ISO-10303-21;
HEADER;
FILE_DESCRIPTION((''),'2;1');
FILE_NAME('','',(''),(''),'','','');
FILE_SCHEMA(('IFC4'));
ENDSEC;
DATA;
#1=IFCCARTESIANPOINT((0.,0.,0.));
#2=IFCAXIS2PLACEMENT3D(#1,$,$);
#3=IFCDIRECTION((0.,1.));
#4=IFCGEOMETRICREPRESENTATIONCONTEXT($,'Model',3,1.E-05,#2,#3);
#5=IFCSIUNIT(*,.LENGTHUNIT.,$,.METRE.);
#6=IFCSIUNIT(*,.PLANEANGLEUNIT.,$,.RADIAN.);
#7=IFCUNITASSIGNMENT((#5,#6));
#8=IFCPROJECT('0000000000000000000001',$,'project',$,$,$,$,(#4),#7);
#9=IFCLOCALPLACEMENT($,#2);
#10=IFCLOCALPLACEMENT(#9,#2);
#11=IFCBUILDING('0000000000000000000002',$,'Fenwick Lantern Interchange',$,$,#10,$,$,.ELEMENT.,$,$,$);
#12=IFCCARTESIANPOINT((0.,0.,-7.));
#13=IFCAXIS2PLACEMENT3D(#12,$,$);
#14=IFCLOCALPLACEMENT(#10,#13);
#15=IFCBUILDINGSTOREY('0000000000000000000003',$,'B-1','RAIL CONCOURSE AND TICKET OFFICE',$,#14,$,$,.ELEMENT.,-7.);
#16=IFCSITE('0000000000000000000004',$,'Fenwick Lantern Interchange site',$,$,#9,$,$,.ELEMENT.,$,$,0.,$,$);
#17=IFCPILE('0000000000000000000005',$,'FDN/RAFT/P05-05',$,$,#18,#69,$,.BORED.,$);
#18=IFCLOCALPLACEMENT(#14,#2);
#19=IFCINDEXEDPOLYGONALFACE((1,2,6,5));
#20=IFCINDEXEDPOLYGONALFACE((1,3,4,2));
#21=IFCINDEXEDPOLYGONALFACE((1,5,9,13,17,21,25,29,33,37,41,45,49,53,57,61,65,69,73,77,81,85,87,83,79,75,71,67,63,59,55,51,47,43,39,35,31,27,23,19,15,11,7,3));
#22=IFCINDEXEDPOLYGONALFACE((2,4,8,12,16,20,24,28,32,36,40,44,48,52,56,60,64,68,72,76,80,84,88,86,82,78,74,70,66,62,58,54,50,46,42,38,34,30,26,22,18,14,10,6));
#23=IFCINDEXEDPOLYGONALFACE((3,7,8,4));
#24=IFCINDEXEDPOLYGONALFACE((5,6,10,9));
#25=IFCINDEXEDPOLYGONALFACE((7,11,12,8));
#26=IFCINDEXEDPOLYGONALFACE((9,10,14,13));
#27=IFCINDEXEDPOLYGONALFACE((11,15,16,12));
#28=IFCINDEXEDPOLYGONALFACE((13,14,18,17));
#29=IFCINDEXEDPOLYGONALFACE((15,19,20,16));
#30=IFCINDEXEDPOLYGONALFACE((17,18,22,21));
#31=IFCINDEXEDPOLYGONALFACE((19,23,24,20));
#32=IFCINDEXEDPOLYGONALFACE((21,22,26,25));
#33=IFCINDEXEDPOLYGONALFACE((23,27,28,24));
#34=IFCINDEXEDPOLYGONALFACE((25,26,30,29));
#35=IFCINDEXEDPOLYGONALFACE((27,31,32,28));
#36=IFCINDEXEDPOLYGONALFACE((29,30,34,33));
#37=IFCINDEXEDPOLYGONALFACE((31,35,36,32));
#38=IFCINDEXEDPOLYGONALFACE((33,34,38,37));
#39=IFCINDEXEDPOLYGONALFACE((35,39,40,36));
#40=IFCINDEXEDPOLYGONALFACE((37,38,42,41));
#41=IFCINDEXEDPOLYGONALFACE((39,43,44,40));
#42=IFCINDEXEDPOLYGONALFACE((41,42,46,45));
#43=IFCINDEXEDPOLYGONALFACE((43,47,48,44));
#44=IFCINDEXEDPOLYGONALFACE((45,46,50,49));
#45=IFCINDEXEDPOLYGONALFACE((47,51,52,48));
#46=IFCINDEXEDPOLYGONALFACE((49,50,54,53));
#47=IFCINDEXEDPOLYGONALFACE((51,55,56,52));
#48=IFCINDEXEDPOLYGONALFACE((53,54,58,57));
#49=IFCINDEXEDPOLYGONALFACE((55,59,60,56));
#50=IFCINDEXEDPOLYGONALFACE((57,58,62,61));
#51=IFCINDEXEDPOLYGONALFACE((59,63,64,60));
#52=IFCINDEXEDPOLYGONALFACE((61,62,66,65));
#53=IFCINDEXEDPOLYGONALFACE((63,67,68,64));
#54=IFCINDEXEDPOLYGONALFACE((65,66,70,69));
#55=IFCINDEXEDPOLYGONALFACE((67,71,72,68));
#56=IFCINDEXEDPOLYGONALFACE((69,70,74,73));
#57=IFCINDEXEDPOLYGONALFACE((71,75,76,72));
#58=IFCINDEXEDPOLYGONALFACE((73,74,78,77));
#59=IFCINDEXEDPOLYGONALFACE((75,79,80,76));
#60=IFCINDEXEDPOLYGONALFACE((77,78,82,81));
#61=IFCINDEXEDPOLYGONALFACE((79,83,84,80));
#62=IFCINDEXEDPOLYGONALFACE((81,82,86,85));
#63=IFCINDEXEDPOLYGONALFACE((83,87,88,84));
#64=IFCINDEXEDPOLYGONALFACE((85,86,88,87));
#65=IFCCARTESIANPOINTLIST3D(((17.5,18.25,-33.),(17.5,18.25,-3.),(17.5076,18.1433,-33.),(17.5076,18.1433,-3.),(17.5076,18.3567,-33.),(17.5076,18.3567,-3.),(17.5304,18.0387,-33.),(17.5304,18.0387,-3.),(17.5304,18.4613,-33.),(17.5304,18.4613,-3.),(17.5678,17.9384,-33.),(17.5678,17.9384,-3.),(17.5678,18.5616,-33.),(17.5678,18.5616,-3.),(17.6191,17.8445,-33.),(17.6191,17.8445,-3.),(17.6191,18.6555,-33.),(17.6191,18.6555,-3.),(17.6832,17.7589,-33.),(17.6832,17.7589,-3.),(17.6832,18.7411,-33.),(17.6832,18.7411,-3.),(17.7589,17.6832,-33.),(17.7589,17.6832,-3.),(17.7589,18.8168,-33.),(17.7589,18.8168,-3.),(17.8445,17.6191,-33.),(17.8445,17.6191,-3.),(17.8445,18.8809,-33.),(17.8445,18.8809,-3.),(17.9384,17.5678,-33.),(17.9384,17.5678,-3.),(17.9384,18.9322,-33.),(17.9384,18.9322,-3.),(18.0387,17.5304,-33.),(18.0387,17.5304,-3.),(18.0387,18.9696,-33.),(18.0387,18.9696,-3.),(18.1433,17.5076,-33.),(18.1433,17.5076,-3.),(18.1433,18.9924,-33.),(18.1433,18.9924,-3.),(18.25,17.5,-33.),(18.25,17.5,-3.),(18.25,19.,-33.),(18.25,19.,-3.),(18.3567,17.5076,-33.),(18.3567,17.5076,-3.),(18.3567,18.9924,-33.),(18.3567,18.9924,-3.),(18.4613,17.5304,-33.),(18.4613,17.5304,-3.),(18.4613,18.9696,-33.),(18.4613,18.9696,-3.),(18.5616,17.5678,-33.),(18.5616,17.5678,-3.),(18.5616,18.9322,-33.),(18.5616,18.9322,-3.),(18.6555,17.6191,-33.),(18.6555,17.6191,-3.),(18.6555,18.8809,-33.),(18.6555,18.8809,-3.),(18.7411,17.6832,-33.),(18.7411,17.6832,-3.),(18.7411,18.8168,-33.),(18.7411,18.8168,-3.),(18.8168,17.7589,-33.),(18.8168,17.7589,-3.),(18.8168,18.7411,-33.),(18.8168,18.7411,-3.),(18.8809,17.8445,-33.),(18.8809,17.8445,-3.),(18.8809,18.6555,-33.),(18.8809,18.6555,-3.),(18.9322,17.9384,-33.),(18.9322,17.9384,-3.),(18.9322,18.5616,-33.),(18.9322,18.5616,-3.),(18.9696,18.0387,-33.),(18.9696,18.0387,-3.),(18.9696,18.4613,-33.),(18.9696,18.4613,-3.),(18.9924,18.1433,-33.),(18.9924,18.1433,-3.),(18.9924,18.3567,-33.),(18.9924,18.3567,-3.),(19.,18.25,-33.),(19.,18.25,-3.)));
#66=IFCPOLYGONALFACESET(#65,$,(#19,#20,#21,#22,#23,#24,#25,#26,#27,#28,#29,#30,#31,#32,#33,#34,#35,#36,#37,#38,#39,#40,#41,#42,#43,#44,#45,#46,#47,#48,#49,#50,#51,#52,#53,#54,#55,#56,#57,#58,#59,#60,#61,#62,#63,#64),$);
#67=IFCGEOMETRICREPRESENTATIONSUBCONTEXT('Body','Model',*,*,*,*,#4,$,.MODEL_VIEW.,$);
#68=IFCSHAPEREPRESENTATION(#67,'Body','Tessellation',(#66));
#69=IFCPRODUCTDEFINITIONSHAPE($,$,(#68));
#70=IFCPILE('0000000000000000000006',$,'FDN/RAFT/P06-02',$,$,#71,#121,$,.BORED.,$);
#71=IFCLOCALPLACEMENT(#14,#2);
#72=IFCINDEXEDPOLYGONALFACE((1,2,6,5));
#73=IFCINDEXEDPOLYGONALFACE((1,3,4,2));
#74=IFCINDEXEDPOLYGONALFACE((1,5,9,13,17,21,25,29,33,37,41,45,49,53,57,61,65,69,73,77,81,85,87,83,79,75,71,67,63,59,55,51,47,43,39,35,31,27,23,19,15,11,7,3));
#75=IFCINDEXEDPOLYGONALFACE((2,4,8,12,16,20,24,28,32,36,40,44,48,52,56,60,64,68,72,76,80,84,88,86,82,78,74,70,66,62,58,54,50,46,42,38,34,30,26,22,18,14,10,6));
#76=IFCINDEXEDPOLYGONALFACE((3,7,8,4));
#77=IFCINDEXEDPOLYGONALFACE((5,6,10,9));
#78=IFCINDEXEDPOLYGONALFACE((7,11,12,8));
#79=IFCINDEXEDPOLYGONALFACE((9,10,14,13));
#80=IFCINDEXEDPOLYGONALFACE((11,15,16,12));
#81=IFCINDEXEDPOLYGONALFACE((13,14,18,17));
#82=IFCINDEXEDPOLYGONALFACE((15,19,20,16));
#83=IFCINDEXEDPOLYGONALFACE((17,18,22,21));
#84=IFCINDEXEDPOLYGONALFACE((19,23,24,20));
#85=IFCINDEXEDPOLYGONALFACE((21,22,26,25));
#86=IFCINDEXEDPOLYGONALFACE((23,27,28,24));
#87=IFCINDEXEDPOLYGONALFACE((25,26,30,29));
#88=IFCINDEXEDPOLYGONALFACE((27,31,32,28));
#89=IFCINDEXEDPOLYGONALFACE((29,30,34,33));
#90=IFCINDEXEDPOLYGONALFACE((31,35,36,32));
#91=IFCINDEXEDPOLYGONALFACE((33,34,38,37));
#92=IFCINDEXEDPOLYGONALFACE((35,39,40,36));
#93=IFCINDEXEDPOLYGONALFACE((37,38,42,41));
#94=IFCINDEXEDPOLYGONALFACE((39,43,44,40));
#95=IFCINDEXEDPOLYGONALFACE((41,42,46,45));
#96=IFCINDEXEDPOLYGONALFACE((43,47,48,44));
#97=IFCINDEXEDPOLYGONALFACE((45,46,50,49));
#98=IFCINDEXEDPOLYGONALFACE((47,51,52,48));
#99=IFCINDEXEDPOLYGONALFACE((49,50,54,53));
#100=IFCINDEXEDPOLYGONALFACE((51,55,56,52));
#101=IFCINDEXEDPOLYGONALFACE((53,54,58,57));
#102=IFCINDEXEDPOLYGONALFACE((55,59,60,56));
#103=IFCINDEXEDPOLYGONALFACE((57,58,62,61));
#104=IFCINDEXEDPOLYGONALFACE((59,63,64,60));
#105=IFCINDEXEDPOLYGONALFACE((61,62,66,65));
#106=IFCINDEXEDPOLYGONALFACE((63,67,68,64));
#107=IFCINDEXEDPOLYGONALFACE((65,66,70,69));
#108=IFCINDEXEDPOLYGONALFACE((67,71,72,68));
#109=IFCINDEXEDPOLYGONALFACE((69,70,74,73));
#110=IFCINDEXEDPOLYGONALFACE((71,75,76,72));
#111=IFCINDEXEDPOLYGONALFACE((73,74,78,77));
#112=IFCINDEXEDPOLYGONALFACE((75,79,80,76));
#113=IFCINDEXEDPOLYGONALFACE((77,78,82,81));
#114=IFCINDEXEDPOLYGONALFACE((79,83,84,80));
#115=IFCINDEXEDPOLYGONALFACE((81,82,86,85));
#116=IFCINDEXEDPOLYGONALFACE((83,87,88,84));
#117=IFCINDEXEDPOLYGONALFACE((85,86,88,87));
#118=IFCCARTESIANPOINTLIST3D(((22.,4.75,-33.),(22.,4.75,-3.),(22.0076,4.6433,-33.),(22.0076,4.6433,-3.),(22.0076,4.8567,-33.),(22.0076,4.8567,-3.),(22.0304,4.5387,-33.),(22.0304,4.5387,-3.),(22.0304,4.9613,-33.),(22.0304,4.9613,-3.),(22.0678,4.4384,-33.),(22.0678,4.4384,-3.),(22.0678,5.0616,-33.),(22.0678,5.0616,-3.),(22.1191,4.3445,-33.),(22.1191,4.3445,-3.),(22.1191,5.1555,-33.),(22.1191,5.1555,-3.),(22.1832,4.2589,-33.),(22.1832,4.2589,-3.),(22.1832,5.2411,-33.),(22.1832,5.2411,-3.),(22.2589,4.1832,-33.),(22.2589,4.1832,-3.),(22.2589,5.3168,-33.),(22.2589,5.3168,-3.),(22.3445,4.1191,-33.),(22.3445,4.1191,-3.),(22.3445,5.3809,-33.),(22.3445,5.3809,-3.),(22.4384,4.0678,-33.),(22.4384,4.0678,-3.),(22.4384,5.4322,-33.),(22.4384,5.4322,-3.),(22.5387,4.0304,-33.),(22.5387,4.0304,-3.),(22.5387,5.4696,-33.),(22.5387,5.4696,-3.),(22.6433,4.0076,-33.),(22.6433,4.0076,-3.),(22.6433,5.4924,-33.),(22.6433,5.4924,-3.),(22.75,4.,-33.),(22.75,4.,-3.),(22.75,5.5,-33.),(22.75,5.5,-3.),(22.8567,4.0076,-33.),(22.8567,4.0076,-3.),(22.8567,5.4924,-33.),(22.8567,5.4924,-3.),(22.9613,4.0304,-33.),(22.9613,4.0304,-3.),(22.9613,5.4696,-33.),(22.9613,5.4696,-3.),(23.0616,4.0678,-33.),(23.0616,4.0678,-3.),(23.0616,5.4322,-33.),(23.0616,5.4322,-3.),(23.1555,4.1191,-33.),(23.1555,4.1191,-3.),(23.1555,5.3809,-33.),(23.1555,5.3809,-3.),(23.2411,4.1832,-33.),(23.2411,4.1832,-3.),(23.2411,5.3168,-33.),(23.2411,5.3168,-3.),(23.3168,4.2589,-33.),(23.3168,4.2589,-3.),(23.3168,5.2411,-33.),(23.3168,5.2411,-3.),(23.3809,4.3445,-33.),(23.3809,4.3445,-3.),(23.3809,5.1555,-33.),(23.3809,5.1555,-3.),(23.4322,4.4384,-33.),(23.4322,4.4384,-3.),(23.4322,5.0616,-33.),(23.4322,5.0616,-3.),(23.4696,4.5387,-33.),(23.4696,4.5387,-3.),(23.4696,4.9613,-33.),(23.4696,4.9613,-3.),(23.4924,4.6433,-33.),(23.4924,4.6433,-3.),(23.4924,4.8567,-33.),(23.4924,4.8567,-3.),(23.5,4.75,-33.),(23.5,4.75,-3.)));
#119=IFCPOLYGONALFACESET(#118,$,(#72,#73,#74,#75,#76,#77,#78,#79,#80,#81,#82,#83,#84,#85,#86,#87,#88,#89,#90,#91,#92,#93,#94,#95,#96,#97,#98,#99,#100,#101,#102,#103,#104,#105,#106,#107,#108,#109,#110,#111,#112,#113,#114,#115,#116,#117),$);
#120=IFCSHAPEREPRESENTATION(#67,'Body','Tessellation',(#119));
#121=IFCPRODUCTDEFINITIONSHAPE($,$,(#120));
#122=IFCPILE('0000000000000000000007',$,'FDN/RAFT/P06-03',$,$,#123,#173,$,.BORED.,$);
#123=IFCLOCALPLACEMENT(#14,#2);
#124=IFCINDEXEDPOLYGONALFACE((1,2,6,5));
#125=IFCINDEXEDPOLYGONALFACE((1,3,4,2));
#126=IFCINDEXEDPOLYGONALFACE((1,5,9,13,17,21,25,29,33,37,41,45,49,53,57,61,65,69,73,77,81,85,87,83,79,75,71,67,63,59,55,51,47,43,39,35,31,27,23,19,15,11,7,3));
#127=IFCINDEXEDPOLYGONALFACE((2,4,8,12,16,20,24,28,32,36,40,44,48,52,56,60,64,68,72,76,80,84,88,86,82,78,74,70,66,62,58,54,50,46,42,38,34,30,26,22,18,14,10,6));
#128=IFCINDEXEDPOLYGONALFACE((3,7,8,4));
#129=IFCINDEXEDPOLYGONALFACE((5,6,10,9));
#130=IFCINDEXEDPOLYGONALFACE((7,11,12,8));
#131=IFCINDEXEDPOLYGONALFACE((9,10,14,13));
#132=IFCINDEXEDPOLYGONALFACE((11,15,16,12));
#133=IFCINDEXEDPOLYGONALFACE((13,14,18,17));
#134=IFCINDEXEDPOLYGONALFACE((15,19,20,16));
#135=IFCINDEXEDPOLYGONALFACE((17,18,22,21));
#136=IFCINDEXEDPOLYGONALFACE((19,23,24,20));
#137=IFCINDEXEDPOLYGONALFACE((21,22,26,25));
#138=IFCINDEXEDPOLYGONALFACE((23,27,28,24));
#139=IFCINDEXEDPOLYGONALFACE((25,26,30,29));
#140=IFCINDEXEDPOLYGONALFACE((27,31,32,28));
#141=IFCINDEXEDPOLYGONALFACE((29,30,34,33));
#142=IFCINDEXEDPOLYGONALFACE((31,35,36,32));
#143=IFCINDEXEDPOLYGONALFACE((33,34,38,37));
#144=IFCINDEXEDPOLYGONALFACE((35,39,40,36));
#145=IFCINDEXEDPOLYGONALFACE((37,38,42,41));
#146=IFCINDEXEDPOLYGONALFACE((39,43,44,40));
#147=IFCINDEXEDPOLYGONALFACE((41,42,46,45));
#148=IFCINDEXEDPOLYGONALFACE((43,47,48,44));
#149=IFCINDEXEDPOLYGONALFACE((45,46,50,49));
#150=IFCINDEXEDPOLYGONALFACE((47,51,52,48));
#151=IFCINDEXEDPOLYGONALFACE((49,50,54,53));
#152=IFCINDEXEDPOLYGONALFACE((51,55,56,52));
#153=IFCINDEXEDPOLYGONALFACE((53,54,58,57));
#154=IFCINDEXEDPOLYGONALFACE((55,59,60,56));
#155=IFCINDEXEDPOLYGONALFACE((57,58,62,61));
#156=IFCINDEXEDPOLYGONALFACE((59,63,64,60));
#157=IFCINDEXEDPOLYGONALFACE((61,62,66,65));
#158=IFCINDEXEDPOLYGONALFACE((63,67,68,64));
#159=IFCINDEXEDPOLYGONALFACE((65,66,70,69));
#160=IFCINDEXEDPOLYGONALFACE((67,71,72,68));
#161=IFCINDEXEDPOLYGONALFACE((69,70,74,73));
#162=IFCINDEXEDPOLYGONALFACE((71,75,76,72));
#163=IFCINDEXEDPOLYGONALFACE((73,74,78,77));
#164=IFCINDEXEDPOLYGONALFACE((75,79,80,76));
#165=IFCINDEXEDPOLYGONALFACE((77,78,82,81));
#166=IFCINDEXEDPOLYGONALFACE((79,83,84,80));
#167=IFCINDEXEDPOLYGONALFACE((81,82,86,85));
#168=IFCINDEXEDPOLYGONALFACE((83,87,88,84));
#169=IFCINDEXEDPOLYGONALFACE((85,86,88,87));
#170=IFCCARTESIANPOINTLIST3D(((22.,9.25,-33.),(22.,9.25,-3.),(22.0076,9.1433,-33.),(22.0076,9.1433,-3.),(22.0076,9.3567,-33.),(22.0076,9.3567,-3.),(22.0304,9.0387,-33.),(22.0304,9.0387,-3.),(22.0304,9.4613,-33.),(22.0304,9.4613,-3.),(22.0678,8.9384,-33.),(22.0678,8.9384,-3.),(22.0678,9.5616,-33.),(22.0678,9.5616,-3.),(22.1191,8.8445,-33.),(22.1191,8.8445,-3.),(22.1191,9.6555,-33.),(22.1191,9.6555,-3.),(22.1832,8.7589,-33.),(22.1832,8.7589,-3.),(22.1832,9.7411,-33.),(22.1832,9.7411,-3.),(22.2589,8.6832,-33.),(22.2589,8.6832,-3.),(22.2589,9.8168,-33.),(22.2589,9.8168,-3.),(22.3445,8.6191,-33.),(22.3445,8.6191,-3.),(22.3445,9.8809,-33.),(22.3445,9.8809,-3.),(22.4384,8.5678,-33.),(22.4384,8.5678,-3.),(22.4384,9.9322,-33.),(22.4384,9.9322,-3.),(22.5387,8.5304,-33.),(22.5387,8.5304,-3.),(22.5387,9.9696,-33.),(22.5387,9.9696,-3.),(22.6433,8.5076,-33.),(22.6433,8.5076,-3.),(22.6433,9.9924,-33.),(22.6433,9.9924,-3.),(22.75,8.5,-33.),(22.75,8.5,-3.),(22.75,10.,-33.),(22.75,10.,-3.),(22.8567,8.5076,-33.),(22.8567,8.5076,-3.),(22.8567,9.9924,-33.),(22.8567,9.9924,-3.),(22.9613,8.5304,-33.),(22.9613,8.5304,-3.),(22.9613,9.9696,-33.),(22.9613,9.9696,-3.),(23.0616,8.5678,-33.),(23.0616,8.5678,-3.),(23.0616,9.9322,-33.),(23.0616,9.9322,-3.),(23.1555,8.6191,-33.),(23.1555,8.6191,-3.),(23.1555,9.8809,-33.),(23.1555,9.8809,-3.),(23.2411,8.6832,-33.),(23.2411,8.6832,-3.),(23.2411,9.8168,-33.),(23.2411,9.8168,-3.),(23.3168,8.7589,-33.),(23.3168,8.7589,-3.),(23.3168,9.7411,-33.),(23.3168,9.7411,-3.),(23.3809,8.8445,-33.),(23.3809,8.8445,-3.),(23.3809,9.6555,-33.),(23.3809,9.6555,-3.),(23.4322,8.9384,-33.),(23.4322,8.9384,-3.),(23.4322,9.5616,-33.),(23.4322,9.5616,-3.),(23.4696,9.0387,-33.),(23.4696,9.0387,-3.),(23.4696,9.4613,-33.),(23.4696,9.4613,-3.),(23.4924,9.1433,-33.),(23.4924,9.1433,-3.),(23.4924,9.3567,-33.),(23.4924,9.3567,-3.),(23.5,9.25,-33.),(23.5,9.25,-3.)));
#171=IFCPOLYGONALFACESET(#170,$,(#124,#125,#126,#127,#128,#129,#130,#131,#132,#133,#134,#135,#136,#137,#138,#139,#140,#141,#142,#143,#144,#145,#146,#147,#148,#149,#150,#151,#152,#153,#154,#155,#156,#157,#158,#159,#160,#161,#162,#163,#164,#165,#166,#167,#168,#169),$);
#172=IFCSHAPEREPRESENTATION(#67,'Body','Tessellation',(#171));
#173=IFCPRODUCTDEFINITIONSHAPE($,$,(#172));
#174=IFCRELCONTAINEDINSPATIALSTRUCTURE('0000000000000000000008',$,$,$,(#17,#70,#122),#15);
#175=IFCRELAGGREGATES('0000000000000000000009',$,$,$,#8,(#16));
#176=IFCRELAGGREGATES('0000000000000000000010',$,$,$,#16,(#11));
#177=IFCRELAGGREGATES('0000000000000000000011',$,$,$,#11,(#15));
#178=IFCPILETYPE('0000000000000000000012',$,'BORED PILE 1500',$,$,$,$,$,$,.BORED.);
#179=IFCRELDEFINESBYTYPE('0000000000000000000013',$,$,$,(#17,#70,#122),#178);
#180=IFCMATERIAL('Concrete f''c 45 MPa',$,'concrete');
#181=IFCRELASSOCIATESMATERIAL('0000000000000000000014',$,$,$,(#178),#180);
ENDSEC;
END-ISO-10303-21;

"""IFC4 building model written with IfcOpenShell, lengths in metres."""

from ifc_helpers import new_model, si_unit, direction, frame, origin, origin_2d, place, context, subcontext, project, spatial, circle, extrude, material, type_object, element, save


model = new_model("IFC4")

# Units and contexts
model_context = context("Model", 3, precision=1e-05, world=origin(), true_north=direction((0.0, 1.0)))
body_context = subcontext(model_context, "Body", "Model", "MODEL_VIEW")
ifc_project = project(units=[si_unit("LENGTHUNIT", "METRE"), si_unit("PLANEANGLEUNIT", "RADIAN")], contexts=[model_context])

# Site, building, storey
site_placement = place(None, origin())
site = spatial("IfcSite", under=ifc_project, at=site_placement, Name="Fenwick Lantern Interchange site", CompositionType="ELEMENT", RefElevation=0.0)
building_placement = place(site_placement, origin())
building = spatial("IfcBuilding", under=site, at=building_placement, Name="Fenwick Lantern Interchange", CompositionType="ELEMENT")
storey_placement = place(building_placement, frame((0.0, 0.0, -7.0)))
storey = spatial("IfcBuildingStorey", under=building, at=storey_placement, Name="B-1", Description="RAIL CONCOURSE AND TICKET OFFICE", CompositionType="ELEMENT", Elevation=-7.0)

# Piles
ifc_material_1 = material(Name="Concrete f'c 45 MPa", Category="concrete")
pile_type = type_object("IfcPileType", Name="BORED PILE 1500", PredefinedType="BORED", material=ifc_material_1)
for number, where, z_axis, x_axis, name in (
    (1, (18.25, 18.25, -3.0), (0.0, 0.0, -1.0), (1.0, 0.0, 0.0), "FDN/RAFT/P05-05"),
    (2, (22.75, 4.75, -3.0), (0.0, 0.0, -1.0), (1.0, 0.0, 0.0), "FDN/RAFT/P06-02"),
    (3, (22.75, 9.25, -3.0), (0.0, 0.0, -1.0), (1.0, 0.0, 0.0), "FDN/RAFT/P06-03"),
):
    element("IfcPile", number, at=place(storey_placement, frame(where, z_axis=z_axis, x_axis=x_axis)), inside=storey, type_object=pile_type, Name=name, PredefinedType="BORED", context=body_context, shape_type="SweptSolid", body=[
        extrude(circle(Radius=0.75, at=origin_2d()), origin(), (0.0, 0.0, 1.0), 30.0),
    ])

save(model, "model.ifc")
